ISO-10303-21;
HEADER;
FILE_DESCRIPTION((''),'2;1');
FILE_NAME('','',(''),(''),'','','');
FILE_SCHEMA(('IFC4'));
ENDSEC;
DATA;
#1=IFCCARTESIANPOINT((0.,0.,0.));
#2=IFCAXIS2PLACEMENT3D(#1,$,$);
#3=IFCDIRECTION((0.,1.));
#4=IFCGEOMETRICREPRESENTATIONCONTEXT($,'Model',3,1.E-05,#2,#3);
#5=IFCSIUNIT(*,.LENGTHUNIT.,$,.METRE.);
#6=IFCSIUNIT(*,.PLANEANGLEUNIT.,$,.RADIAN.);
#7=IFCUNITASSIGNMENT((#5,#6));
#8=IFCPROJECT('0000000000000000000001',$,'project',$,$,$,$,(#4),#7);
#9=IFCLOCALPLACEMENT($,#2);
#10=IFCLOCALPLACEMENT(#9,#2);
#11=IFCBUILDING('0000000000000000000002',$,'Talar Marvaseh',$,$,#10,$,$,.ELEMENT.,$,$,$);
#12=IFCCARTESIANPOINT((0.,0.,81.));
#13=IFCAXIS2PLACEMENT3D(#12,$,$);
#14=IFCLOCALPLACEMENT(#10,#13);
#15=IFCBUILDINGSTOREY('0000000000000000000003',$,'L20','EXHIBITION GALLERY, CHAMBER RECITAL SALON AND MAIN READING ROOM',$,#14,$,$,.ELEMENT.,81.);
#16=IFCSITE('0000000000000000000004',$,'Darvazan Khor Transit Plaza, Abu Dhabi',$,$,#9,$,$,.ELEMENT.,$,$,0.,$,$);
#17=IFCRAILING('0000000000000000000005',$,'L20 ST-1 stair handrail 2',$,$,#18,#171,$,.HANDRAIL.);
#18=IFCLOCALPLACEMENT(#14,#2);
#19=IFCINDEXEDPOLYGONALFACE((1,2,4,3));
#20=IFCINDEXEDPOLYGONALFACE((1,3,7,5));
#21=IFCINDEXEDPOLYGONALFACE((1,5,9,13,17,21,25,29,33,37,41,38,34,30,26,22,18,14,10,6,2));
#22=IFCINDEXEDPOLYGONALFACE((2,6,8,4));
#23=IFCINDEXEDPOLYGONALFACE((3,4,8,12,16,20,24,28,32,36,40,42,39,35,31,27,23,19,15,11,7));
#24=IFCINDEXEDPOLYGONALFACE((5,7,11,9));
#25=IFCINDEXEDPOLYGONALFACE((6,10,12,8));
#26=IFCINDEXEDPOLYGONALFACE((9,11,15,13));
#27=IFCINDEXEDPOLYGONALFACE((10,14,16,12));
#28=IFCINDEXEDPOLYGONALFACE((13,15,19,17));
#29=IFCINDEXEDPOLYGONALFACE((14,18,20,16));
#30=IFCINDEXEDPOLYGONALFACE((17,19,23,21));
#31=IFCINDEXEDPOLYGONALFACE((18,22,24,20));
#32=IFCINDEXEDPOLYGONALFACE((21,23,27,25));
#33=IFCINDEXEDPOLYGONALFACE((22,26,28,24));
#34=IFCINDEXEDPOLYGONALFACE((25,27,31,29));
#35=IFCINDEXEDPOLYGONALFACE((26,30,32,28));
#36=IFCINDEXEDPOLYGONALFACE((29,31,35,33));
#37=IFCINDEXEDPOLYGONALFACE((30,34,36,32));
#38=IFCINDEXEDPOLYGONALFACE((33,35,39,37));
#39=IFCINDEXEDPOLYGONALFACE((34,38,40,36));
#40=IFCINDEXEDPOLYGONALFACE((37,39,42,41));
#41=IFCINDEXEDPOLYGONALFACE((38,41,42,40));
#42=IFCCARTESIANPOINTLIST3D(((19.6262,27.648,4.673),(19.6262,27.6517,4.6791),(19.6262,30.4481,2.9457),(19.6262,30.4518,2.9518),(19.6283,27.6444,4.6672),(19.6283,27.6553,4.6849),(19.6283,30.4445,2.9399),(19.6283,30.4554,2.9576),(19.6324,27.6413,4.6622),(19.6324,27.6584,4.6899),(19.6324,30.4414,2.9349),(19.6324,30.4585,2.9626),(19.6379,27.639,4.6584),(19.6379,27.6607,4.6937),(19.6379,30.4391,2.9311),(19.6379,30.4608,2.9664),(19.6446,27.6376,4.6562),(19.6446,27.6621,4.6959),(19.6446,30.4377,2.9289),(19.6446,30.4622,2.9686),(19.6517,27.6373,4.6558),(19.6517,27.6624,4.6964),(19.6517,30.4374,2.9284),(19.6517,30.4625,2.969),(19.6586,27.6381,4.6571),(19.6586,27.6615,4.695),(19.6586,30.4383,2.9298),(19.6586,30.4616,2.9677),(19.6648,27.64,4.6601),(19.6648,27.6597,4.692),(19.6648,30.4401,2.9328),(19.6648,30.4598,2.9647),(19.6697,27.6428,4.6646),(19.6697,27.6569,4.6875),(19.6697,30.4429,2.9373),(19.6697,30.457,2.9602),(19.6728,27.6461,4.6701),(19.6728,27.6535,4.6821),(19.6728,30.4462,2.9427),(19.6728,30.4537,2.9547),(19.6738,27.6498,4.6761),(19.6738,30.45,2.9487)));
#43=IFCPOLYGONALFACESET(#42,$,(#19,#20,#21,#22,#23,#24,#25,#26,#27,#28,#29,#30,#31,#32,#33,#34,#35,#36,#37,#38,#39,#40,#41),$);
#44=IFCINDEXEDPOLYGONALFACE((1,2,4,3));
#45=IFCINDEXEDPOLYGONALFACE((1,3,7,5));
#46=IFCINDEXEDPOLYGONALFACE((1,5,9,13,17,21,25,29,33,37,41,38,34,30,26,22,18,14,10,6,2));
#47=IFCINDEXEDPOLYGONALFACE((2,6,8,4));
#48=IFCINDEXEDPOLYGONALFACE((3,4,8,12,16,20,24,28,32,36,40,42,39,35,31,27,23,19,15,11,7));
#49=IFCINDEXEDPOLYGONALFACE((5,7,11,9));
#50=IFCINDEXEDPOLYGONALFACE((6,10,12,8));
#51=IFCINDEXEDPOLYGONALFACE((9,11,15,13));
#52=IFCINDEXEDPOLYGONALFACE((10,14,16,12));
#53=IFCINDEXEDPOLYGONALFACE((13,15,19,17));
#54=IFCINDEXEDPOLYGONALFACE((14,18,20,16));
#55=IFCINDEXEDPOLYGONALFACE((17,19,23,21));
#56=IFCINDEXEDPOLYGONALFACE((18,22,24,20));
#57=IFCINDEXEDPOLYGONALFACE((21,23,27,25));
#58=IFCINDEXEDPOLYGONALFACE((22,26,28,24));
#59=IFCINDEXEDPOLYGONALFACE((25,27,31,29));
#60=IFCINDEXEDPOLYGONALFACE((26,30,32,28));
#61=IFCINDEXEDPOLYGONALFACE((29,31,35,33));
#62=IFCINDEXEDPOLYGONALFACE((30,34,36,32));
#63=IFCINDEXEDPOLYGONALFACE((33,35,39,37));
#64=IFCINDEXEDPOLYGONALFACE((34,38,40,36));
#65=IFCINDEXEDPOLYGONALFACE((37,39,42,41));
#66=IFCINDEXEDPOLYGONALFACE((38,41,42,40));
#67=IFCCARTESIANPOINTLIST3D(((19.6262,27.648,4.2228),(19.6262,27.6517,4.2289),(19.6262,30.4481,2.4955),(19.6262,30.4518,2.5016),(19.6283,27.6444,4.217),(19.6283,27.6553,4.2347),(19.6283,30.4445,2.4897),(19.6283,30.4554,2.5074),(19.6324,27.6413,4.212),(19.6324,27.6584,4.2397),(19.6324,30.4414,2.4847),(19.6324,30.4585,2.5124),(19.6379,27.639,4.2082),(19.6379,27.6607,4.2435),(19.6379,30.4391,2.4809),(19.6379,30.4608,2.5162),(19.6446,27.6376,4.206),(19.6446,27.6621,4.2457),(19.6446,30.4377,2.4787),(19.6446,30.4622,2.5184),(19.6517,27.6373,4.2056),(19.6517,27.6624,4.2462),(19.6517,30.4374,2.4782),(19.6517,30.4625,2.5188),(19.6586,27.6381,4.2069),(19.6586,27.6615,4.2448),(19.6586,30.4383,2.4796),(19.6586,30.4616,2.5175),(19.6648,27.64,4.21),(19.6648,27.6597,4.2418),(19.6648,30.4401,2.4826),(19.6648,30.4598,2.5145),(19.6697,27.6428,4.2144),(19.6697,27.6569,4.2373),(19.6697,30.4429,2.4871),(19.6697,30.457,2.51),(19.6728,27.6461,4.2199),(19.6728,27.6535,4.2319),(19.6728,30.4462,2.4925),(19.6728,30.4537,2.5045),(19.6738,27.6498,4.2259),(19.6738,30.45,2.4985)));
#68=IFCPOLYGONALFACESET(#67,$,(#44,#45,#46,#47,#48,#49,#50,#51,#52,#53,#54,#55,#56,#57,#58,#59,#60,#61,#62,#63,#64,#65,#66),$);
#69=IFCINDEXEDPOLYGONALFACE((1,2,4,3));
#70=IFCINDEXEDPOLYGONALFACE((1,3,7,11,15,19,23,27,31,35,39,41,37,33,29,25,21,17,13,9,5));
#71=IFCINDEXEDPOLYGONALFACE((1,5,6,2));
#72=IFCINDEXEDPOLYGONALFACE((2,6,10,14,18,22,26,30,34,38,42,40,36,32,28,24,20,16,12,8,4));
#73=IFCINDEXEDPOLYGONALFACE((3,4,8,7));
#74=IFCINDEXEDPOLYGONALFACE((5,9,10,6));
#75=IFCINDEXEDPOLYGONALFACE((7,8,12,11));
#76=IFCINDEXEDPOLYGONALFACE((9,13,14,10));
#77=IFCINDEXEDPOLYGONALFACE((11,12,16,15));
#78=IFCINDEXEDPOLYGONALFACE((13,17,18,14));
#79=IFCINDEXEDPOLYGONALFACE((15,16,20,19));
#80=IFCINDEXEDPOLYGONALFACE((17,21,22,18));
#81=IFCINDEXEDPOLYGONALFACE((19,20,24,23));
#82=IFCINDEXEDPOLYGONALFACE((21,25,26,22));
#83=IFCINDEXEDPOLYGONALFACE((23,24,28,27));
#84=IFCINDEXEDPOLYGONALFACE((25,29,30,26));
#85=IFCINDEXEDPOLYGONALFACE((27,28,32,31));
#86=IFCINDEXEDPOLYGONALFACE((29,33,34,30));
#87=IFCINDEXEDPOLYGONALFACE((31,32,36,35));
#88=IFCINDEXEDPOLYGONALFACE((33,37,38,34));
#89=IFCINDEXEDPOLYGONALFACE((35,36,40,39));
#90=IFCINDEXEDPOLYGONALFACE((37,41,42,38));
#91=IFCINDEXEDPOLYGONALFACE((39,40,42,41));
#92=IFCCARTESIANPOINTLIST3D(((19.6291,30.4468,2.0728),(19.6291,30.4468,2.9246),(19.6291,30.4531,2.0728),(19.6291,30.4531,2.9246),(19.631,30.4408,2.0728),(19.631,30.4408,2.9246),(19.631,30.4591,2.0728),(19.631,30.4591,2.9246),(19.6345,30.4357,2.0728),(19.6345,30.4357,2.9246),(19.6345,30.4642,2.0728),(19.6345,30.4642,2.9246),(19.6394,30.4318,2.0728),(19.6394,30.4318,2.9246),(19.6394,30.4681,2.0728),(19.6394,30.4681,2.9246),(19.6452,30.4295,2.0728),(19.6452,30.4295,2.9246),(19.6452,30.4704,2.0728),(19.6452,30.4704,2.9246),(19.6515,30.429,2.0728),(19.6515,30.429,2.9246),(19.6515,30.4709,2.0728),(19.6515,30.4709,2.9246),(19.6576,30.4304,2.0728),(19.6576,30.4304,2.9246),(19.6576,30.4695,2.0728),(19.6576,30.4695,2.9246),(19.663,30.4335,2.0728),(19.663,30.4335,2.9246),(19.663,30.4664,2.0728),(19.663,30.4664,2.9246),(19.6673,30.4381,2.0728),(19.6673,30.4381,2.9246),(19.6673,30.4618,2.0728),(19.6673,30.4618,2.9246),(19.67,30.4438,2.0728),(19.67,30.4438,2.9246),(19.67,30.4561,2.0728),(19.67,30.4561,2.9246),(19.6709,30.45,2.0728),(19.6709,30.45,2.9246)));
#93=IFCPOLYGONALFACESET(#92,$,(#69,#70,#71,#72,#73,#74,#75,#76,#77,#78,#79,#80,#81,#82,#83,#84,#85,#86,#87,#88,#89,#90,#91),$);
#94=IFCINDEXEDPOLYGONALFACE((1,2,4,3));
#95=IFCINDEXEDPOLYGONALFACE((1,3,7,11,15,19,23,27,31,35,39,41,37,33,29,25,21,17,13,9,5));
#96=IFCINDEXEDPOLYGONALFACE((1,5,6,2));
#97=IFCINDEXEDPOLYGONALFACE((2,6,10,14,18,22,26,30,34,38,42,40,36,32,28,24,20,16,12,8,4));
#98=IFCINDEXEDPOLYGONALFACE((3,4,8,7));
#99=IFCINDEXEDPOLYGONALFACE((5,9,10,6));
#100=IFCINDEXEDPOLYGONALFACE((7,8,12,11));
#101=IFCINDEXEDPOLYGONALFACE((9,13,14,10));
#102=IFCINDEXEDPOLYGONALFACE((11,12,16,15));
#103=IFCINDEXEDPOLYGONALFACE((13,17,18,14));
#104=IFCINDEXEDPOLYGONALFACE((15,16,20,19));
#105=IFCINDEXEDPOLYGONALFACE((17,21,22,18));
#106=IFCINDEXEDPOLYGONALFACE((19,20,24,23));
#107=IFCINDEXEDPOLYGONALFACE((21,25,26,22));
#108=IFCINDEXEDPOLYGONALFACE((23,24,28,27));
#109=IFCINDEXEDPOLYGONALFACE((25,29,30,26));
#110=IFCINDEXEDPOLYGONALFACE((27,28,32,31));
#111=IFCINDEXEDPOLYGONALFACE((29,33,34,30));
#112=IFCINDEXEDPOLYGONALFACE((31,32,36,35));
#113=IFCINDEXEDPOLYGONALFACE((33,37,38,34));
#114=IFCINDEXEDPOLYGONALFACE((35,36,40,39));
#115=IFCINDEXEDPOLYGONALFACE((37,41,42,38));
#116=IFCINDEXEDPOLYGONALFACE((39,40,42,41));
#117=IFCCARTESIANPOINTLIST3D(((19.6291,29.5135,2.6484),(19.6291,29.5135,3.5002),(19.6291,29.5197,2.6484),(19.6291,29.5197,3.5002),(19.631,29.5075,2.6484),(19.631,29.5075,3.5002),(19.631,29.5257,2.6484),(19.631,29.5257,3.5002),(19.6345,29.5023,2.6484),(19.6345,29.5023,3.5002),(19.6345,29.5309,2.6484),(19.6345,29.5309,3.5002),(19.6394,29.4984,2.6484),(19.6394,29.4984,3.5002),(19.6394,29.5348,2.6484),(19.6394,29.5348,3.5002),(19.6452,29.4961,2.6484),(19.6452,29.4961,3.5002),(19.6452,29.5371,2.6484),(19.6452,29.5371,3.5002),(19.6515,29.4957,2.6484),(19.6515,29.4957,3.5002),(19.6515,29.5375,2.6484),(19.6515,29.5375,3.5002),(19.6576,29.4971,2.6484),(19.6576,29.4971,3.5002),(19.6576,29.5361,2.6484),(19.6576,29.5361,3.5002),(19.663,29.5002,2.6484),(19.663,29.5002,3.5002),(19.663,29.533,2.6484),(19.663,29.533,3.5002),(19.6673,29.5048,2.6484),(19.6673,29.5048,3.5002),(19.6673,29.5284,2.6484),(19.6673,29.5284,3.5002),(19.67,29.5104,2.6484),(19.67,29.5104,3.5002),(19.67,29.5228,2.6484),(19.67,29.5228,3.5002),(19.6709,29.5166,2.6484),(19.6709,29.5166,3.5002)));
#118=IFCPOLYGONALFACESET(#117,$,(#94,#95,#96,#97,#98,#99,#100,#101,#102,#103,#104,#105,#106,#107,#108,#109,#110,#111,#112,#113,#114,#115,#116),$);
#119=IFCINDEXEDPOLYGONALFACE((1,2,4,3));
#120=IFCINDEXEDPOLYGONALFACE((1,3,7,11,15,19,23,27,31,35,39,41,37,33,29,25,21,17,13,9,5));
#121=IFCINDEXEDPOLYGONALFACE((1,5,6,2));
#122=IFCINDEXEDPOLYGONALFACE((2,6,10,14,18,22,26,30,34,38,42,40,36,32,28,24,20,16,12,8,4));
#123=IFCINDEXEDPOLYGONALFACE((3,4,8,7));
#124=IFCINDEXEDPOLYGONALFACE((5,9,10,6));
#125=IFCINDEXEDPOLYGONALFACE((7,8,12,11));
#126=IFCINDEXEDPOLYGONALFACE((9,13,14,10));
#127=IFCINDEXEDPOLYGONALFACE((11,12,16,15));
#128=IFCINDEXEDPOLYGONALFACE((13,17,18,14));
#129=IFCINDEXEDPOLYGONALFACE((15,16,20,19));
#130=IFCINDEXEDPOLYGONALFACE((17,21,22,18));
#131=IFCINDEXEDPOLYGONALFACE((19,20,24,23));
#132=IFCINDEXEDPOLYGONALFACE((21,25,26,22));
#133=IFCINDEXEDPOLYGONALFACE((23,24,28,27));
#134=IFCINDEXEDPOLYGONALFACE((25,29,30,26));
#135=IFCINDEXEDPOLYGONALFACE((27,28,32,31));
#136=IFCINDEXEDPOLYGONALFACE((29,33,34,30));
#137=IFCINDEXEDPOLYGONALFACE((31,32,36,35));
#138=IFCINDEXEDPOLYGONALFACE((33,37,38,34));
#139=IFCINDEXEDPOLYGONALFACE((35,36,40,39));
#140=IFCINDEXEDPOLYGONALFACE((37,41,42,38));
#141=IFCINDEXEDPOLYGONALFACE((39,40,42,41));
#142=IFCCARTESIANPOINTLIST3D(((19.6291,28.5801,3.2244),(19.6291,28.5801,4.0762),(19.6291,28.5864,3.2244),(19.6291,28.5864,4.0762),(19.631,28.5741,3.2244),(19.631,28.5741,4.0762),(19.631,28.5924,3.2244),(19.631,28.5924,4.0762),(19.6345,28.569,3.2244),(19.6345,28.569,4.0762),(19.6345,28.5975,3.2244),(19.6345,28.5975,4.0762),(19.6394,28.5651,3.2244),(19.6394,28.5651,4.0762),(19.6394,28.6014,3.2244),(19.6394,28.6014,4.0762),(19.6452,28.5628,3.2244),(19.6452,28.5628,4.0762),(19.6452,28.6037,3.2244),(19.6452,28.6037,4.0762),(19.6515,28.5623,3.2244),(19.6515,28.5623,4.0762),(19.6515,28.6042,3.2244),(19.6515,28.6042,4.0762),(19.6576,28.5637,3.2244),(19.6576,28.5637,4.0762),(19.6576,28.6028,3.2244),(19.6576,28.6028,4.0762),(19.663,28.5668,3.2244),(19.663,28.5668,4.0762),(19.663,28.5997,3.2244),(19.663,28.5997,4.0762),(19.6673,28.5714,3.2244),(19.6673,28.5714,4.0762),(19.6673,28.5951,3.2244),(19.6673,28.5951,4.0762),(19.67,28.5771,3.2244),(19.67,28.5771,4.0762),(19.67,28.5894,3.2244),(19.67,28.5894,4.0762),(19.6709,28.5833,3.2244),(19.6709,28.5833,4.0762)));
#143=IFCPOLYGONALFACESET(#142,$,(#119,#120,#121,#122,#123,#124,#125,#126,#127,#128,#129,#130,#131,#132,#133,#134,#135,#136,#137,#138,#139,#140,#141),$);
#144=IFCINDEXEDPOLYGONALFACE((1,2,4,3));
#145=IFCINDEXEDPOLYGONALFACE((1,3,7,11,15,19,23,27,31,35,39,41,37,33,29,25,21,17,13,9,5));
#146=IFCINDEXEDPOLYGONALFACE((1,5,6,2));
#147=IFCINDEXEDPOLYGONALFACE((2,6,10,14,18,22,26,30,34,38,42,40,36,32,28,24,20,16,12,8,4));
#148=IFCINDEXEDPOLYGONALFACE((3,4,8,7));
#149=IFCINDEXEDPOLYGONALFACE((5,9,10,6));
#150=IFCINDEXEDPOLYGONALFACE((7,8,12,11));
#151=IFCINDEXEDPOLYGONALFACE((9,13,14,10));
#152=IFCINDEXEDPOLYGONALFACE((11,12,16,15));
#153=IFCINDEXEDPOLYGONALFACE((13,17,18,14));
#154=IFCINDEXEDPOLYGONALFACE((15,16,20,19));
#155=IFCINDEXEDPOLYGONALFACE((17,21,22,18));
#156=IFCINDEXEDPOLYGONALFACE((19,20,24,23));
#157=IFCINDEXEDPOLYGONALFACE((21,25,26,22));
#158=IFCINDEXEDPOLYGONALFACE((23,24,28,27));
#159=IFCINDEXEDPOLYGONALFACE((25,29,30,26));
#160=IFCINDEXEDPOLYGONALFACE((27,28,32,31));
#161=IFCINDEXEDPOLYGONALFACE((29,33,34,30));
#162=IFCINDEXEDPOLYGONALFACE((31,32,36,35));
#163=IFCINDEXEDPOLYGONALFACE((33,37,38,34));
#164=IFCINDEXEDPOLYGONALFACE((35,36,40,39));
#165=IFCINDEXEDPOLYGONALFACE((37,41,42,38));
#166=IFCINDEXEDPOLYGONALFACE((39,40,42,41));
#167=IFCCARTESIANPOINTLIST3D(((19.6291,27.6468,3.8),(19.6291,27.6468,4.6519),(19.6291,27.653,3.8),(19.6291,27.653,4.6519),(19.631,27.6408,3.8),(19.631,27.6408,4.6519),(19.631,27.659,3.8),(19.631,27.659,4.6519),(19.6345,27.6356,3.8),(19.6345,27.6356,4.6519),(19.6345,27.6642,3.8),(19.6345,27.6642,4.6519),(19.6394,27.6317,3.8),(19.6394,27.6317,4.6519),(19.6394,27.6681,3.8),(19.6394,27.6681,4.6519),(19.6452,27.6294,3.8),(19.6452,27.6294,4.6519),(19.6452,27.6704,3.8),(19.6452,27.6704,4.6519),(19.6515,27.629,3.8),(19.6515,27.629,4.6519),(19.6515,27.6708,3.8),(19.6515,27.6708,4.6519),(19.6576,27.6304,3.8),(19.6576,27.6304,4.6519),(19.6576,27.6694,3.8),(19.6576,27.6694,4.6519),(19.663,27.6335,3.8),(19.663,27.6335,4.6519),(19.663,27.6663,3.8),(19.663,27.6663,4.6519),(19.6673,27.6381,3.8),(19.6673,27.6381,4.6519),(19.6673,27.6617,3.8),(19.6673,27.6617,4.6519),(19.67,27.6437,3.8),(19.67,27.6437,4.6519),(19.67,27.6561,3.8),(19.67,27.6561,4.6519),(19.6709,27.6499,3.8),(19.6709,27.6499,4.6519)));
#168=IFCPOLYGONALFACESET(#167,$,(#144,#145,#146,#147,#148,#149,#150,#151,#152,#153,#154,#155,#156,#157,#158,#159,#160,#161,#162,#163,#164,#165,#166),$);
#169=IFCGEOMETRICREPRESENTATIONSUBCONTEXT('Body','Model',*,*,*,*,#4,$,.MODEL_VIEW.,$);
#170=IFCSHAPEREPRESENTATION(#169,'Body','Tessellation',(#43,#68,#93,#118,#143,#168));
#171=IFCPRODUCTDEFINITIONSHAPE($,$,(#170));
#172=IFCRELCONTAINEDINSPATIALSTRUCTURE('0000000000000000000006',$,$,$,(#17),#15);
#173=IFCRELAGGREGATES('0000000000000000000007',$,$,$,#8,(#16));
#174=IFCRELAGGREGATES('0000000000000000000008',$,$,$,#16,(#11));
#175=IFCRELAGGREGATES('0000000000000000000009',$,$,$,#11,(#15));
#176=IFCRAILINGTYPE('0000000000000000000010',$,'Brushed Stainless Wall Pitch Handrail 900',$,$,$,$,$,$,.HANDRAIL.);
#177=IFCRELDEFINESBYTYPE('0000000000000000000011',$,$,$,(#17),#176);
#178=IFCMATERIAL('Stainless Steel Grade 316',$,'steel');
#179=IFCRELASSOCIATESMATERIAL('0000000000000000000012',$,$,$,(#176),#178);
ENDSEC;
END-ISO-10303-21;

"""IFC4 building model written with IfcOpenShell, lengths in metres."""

from ifc_helpers import new_model, si_unit, direction, frame, origin, origin_2d, place, context, subcontext, project, spatial, circle, extrude, material, type_object, element, save


model = new_model("IFC4")

# Units and contexts
model_context = context("Model", 3, precision=1e-05, world=origin(), true_north=direction((0.0, 1.0)))
body_context = subcontext(model_context, "Body", "Model", "MODEL_VIEW")
ifc_project = project(units=[si_unit("LENGTHUNIT", "METRE"), si_unit("PLANEANGLEUNIT", "RADIAN")], contexts=[model_context])

# Site, building, storey
site_placement = place(None, origin())
site = spatial("IfcSite", under=ifc_project, at=site_placement, Name="Darvazan Khor Transit Plaza, Abu Dhabi", CompositionType="ELEMENT", RefElevation=0.0)
building_placement = place(site_placement, origin())
building = spatial("IfcBuilding", under=site, at=building_placement, Name="Talar Marvaseh", CompositionType="ELEMENT")
storey_placement = place(building_placement, frame((0.0, 0.0, 81.0)))
storey = spatial("IfcBuildingStorey", under=building, at=storey_placement, Name="L20", Description="EXHIBITION GALLERY, CHAMBER RECITAL SALON AND MAIN READING ROOM", CompositionType="ELEMENT", Elevation=81.0)

# Railing
ifc_material_1 = material(Name="Stainless Steel Grade 316", Category="steel")
railing_type_1 = type_object("IfcRailingType", Name="Brushed Stainless Wall Pitch Handrail 900", PredefinedType="HANDRAIL", material=ifc_material_1)
railing_1_placement = place(storey_placement, frame((19.6499, 30.45, 2.0728)))
element("IfcRailing", 1, at=railing_1_placement, inside=storey, type_object=railing_type_1, Name="L20 ST-1 stair handrail 2", PredefinedType="HANDRAIL", context=body_context, shape_type="SweptSolid", body=[
    extrude(circle(Radius=0.0239, at=origin_2d()), frame((0.0, 0.0, 0.876), z_axis=(0.0, -0.85109, 0.52502), x_axis=(1.0, 0.0, 0.0)), (0.0, 0.0, 1.0), 3.29),
    extrude(circle(Radius=0.0239, at=origin_2d()), frame((0.0, 0.0, 0.4258), z_axis=(0.0, -0.85109, 0.52502), x_axis=(1.0, 0.0, 0.0)), (0.0, 0.0, 1.0), 3.29),
    extrude(circle(Radius=0.021, at=origin_2d()), origin(), (0.0, 0.0, 1.0), 0.8518),
    extrude(circle(Radius=0.021, at=origin_2d()), frame((0.0, -0.9333, 0.5757)), (0.0, 0.0, 1.0), 0.8518),
    extrude(circle(Radius=0.021, at=origin_2d()), frame((0.0, -1.8667, 1.1516)), (0.0, 0.0, 1.0), 0.8518),
    extrude(circle(Radius=0.021, at=origin_2d()), frame((0.0, -2.8, 1.7273)), (0.0, 0.0, 1.0), 0.8518),
])

save(model, "model.ifc")
